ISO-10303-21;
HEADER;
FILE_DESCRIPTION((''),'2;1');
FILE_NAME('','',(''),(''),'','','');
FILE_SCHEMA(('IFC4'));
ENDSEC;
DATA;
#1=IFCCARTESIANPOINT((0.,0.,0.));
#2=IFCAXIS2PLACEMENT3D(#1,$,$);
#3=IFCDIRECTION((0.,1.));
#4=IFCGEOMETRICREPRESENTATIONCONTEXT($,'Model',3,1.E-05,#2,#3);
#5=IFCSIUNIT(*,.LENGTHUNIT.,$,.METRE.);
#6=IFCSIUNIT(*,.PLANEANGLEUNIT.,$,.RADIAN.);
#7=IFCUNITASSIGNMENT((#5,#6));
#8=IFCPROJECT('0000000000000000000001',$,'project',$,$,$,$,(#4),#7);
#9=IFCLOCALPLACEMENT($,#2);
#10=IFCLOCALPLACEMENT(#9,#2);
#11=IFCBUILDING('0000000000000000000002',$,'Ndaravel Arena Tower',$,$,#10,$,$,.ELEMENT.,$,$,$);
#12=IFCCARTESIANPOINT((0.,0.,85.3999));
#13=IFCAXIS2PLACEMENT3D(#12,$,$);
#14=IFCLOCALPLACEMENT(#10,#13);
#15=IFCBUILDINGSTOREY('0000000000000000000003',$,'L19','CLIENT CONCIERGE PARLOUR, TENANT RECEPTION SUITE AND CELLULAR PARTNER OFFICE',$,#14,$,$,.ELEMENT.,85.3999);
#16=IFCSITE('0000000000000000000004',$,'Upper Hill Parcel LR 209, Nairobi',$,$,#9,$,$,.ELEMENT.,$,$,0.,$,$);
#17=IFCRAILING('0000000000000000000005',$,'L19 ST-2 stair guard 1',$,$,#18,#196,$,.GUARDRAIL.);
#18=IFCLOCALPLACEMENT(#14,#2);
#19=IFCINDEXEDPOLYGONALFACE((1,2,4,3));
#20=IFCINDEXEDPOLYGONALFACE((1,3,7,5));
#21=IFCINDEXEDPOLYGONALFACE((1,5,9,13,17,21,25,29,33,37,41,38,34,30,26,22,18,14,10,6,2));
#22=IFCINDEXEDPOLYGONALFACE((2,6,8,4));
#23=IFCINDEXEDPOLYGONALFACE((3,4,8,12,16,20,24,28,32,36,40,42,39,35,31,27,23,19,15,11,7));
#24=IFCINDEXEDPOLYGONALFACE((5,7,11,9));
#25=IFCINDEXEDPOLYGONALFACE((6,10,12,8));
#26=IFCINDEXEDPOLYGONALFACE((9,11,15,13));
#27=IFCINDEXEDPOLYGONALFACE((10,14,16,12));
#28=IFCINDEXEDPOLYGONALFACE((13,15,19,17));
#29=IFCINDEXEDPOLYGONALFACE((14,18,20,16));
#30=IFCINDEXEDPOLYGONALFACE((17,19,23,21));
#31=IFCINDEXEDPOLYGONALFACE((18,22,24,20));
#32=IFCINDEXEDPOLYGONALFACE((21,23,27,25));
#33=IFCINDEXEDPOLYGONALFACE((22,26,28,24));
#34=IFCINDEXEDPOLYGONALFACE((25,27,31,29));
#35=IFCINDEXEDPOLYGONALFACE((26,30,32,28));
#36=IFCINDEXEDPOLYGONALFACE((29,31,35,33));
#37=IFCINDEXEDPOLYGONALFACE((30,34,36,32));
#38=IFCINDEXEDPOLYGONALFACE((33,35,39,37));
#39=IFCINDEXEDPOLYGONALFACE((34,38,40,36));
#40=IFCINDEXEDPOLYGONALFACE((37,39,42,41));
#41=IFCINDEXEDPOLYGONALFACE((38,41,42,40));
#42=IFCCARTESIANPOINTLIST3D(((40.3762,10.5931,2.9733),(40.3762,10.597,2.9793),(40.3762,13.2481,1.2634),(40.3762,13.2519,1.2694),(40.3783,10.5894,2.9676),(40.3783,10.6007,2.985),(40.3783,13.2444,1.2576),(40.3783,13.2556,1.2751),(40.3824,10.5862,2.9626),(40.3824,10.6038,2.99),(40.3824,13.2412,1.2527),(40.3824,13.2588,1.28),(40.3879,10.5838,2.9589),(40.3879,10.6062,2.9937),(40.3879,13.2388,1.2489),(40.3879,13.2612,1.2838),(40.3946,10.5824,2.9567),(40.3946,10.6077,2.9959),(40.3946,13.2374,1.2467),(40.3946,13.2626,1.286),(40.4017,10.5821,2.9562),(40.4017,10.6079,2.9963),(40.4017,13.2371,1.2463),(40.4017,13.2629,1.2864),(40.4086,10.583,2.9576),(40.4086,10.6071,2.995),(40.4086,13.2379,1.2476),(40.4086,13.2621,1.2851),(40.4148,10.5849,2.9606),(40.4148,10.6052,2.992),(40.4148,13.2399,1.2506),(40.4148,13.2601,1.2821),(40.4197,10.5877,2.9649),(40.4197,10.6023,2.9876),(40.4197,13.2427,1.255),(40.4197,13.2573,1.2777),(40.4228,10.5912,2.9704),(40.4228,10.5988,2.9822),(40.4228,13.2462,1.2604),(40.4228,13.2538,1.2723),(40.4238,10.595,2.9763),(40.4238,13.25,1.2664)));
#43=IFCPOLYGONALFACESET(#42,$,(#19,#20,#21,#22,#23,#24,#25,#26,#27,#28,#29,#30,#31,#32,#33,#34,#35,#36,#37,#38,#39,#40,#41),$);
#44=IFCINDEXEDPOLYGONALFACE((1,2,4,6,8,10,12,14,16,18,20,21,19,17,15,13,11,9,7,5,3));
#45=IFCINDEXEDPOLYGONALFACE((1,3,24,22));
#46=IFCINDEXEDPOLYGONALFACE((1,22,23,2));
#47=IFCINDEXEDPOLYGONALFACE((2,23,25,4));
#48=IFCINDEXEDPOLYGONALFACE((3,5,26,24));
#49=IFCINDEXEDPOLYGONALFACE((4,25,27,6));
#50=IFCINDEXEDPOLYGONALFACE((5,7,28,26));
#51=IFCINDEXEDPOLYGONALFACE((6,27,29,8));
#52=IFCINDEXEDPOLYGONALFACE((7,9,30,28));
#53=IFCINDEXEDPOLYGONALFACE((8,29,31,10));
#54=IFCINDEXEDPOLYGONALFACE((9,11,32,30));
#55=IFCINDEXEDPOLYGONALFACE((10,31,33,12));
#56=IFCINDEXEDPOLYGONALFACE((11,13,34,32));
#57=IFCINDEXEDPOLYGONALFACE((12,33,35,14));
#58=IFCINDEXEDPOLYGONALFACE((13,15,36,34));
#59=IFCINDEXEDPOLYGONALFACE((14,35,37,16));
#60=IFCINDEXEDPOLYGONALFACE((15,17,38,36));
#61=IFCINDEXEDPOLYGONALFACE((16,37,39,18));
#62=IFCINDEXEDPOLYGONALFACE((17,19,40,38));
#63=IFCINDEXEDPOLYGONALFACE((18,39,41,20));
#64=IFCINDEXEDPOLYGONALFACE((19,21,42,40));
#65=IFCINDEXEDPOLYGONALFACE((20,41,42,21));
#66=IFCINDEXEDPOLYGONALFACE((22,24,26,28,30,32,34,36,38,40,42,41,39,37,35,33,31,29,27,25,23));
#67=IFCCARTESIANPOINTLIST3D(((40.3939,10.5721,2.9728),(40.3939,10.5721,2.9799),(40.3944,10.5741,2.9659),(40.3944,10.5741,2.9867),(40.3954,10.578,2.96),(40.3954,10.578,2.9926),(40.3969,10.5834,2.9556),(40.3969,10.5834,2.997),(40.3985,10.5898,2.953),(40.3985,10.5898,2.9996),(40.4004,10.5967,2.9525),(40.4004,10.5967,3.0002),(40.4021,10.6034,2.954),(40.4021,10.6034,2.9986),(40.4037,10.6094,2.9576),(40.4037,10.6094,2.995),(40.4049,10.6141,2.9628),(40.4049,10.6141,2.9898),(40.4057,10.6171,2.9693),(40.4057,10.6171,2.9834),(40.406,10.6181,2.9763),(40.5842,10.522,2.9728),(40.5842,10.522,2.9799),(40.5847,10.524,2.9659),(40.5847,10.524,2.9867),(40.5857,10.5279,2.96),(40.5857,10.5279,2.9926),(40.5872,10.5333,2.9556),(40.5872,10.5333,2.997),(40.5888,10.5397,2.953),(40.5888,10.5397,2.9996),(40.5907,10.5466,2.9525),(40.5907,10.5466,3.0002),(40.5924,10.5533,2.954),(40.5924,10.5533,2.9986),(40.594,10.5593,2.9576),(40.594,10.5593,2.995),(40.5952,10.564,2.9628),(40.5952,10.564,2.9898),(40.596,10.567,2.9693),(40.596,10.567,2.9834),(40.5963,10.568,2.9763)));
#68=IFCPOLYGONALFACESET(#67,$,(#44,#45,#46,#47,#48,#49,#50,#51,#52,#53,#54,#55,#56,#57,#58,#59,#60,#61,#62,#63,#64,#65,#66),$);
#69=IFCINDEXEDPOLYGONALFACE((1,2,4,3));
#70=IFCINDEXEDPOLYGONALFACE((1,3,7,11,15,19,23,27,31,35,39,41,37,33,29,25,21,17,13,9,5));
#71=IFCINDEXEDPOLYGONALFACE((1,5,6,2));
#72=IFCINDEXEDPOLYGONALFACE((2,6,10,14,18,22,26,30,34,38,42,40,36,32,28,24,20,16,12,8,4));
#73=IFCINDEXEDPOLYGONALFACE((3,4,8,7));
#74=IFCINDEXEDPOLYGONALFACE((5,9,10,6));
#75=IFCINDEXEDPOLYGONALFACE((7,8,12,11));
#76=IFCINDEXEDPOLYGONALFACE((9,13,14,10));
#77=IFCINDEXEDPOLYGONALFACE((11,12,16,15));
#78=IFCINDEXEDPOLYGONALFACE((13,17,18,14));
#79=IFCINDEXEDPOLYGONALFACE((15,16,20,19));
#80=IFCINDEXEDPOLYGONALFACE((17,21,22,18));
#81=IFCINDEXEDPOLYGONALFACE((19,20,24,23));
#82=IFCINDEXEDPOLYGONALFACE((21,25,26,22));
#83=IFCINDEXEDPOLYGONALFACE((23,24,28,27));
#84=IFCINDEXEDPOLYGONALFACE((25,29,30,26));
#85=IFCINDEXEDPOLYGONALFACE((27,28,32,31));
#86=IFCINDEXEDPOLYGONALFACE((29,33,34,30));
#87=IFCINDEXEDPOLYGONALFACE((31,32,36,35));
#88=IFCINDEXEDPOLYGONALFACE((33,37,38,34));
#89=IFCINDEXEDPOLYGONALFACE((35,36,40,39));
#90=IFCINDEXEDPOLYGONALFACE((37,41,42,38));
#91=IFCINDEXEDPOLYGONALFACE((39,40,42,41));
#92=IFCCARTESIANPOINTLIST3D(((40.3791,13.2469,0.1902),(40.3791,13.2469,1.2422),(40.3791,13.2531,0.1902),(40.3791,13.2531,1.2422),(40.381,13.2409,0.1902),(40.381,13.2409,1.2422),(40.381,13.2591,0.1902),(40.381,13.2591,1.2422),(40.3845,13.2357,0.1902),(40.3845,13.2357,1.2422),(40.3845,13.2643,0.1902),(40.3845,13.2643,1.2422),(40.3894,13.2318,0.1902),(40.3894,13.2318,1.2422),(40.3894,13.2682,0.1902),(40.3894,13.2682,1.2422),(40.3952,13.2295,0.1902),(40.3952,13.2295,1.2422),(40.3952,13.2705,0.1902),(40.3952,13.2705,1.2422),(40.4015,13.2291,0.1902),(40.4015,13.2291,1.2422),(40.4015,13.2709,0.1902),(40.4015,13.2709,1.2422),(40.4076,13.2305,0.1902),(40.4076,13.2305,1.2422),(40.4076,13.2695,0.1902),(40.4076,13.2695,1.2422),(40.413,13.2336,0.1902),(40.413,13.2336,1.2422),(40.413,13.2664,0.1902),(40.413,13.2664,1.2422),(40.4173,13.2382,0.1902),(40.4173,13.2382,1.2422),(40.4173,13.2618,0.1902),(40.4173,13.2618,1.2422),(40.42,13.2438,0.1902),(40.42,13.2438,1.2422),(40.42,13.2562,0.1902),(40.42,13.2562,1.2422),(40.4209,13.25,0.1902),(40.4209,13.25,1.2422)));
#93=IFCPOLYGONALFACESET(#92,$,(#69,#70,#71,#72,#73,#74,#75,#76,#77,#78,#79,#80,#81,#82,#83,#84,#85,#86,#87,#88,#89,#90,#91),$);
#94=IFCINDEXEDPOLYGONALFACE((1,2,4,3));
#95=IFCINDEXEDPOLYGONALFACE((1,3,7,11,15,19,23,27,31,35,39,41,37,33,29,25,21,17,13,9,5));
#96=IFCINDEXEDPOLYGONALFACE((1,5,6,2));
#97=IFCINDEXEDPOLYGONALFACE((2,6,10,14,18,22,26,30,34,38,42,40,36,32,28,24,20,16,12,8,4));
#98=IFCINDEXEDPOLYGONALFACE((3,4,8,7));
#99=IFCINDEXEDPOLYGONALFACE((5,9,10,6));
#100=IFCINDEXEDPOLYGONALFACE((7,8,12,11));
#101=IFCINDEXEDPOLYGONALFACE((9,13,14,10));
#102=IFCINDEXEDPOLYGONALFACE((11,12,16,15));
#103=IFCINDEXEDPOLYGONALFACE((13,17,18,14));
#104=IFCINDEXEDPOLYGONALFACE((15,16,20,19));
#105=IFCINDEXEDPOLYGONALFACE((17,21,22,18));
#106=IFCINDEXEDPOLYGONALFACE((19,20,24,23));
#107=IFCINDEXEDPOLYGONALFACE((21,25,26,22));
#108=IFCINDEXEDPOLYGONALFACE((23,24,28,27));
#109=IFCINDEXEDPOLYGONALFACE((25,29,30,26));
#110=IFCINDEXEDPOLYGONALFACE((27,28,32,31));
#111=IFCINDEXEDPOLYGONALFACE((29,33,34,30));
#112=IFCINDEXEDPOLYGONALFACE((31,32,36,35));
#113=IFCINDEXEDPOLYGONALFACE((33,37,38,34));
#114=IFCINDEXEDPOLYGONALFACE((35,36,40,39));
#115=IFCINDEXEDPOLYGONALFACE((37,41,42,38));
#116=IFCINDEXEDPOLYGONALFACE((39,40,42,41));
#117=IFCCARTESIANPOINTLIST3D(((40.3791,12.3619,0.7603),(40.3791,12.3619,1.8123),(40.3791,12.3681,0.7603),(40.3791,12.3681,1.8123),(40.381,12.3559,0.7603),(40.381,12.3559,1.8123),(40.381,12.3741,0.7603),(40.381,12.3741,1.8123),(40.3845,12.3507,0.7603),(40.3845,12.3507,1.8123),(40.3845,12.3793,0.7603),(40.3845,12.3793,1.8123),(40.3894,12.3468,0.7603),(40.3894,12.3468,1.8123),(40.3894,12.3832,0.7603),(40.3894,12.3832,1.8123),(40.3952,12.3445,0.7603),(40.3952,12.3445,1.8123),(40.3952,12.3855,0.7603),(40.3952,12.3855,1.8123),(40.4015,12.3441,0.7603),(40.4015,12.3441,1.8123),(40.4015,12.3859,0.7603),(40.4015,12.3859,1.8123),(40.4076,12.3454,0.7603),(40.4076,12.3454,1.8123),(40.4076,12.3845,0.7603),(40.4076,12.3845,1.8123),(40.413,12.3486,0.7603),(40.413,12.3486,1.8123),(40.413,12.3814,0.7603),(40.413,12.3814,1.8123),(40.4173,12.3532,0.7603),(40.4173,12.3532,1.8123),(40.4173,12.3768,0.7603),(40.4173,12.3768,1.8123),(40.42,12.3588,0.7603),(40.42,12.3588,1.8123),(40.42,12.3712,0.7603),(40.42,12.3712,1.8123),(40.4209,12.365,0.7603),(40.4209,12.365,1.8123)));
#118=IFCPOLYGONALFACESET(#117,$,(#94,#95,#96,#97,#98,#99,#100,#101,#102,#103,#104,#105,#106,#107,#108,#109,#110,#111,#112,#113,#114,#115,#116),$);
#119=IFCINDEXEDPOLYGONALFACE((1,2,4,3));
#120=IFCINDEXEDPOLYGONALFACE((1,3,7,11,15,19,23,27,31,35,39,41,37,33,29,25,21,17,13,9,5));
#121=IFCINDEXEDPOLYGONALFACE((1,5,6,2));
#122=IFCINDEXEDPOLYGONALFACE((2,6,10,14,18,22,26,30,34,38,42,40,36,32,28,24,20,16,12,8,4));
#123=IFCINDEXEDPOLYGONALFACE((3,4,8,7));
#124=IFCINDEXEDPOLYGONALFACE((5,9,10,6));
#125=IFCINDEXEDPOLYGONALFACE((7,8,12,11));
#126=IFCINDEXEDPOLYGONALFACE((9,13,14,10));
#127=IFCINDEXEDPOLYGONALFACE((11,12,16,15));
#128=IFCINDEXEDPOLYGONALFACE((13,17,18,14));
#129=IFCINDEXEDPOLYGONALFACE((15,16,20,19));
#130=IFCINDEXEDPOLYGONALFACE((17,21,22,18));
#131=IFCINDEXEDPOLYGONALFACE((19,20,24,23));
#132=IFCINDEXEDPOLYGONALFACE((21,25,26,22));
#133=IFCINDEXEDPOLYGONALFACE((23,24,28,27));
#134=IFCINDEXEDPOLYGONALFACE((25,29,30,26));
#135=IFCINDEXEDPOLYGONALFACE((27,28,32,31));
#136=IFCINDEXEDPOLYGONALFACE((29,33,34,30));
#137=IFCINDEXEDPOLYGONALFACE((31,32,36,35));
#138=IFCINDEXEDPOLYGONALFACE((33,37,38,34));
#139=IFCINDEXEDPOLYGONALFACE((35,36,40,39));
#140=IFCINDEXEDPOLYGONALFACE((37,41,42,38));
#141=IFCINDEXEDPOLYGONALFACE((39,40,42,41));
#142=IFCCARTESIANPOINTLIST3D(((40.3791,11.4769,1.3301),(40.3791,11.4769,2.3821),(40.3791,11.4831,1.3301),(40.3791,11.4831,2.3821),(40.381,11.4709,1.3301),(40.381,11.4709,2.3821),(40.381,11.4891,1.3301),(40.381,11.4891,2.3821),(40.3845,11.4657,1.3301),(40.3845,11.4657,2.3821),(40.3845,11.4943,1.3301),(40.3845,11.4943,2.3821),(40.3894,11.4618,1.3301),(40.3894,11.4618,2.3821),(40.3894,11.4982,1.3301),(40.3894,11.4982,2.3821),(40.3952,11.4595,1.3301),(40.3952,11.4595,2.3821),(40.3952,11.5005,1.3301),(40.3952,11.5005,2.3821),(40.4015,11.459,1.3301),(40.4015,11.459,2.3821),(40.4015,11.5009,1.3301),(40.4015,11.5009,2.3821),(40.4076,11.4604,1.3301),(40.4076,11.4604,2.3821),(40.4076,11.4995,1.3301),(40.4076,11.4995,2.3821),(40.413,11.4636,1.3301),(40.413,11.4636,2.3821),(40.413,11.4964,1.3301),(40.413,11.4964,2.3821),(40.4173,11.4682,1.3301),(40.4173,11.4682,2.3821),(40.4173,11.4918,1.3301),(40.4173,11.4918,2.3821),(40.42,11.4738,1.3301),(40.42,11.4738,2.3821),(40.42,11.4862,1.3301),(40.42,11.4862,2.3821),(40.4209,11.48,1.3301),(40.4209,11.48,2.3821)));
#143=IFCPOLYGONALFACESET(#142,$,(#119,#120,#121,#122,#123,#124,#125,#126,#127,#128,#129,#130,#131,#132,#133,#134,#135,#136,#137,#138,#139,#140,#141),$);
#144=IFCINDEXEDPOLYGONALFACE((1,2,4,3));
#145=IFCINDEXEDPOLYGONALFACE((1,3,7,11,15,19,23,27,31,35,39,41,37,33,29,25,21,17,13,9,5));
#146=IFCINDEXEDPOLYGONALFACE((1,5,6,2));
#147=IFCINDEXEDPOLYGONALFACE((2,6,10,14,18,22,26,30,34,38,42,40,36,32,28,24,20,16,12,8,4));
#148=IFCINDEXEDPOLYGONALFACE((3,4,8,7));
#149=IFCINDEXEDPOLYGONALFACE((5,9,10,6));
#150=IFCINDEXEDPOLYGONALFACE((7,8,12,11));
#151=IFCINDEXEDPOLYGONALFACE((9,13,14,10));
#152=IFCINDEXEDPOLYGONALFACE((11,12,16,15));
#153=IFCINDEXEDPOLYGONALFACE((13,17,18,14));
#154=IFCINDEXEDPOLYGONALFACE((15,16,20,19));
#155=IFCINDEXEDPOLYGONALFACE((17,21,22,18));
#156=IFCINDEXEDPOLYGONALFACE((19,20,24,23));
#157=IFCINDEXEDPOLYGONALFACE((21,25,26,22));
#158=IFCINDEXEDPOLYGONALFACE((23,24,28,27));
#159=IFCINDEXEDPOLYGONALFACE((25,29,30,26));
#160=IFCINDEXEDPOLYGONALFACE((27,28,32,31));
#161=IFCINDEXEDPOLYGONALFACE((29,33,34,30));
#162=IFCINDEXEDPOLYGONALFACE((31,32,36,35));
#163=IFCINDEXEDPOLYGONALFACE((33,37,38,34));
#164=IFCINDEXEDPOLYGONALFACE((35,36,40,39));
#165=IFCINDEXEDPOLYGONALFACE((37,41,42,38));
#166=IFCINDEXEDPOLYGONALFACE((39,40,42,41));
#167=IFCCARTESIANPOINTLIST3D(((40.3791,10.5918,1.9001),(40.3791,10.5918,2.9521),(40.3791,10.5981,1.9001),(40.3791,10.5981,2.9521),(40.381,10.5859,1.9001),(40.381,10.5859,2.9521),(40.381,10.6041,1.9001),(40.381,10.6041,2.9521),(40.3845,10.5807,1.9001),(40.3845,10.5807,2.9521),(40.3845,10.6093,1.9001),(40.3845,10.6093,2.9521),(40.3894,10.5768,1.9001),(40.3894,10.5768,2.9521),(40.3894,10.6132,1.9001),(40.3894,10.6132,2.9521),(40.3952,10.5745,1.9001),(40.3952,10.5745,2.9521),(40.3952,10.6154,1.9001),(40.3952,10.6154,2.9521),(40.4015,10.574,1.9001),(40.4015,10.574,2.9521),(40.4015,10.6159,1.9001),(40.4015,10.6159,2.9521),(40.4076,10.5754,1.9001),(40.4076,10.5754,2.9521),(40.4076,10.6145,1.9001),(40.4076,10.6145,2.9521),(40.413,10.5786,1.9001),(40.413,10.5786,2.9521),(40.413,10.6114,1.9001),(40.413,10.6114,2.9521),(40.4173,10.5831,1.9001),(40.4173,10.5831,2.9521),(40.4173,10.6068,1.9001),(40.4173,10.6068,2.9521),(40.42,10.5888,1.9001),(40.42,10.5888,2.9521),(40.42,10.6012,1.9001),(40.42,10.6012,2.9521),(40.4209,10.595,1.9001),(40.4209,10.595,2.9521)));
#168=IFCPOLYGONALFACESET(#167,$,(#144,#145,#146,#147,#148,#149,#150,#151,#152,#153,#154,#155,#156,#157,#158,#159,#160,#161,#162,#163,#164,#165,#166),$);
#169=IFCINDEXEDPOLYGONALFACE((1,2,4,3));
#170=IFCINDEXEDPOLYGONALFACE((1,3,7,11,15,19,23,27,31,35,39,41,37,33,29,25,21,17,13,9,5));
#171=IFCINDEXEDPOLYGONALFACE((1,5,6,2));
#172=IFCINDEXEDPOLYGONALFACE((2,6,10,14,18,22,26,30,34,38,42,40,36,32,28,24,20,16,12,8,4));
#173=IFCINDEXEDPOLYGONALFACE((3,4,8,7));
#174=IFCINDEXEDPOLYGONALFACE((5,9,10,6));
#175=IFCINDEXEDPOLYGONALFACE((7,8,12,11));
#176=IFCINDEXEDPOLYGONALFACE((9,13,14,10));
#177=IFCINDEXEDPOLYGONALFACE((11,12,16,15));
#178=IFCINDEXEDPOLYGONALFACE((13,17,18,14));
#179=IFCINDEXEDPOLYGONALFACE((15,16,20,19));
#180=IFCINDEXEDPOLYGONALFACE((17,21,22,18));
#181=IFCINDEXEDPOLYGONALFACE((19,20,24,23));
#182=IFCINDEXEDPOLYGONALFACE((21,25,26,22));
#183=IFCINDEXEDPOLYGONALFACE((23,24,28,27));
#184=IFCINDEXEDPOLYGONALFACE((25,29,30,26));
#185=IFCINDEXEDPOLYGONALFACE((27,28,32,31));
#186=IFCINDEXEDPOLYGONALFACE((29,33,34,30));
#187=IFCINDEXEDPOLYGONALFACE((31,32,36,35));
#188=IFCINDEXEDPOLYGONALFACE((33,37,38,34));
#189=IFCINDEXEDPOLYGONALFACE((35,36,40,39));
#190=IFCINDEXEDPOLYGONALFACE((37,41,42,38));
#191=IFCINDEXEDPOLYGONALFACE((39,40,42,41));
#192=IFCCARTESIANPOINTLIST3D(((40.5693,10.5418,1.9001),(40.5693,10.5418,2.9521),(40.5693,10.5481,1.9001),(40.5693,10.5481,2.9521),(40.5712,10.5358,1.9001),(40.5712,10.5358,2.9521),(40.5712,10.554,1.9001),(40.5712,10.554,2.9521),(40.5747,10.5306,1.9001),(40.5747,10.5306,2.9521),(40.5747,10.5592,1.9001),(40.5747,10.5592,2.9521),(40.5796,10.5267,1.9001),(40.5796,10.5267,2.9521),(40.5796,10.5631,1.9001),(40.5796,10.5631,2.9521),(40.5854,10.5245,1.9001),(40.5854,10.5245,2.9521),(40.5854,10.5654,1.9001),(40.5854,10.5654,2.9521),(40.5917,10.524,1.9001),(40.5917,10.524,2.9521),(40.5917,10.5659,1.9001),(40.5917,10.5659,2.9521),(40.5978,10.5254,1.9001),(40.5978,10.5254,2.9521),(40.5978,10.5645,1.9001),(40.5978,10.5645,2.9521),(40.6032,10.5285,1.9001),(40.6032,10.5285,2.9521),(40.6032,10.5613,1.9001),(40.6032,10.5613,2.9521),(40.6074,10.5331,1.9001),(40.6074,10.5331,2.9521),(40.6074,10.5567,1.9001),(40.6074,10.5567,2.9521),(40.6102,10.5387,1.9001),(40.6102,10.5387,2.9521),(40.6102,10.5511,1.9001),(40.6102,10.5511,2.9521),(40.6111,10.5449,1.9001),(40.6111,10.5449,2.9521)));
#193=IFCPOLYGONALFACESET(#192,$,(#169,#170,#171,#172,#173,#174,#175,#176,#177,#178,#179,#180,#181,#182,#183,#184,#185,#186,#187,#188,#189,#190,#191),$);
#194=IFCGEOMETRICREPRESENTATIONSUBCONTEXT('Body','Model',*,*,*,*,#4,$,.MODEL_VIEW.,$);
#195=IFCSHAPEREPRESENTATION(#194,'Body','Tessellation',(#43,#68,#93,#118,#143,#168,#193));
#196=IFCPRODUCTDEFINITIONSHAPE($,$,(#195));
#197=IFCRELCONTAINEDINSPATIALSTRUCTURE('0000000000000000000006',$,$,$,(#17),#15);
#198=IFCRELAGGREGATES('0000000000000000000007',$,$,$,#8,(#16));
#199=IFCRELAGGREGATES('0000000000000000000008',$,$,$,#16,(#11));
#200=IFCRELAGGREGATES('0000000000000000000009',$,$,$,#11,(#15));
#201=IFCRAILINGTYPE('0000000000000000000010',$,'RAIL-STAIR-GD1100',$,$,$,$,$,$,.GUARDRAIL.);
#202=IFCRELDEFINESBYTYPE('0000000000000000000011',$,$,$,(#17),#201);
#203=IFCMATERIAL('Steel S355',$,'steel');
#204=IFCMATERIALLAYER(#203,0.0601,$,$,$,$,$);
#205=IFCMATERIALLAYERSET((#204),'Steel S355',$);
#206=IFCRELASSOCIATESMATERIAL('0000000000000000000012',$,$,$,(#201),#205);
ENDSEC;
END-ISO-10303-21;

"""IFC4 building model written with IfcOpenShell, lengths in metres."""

from ifc_helpers import new_model, si_unit, direction, frame, origin, origin_2d, place, context, subcontext, project, spatial, circle, extrude, material, layer, layer_set, type_object, element, save


model = new_model("IFC4")

# Units and contexts
model_context = context("Model", 3, precision=1e-05, world=origin(), true_north=direction((0.0, 1.0)))
body_context = subcontext(model_context, "Body", "Model", "MODEL_VIEW")
ifc_project = project(units=[si_unit("LENGTHUNIT", "METRE"), si_unit("PLANEANGLEUNIT", "RADIAN")], contexts=[model_context])

# Site, building, storey
site_placement = place(None, origin())
site = spatial("IfcSite", under=ifc_project, at=site_placement, Name="Upper Hill Parcel LR 209, Nairobi", CompositionType="ELEMENT", RefElevation=0.0)
building_placement = place(site_placement, origin())
building = spatial("IfcBuilding", under=site, at=building_placement, Name="Ndaravel Arena Tower", CompositionType="ELEMENT")
storey_placement = place(building_placement, frame((0.0, 0.0, 85.3999)))
storey = spatial("IfcBuildingStorey", under=building, at=storey_placement, Name="L19", Description="CLIENT CONCIERGE PARLOUR, TENANT RECEPTION SUITE AND CELLULAR PARTNER OFFICE", CompositionType="ELEMENT", Elevation=85.3999)

# Railing
ifc_material_1 = material(Name="Steel S355", Category="steel")
ifc_layer_1 = layer(ifc_material_1, 0.0601)
ifc_layer_set_1 = layer_set([ifc_layer_1], Name="Steel S355")
railing_type_1 = type_object("IfcRailingType", Name="RAIL-STAIR-GD1100", PredefinedType="GUARDRAIL", material=ifc_layer_set_1)
railing_1_placement = place(storey_placement, frame((40.3999, 13.25, 0.1902)))
element("IfcRailing", 1, at=railing_1_placement, inside=storey, type_object=railing_type_1, Name="L19 ST-2 stair guard 1", PredefinedType="GUARDRAIL", context=body_context, shape_type="SweptSolid", body=[
    extrude(circle(Radius=0.0239, at=origin_2d()), frame((0.0, 0.0, 1.0762), z_axis=(0.0, -0.840724, 0.541465), x_axis=(1.0, 0.0, 0.0)), (0.0, 0.0, 1.0), 3.158),
    extrude(circle(Radius=0.0239, at=origin_2d()), frame((0.0, -2.655, 2.7861), z_axis=(0.967075, -0.254493, 0.0), x_axis=(0.254493, 0.967075, 0.0)), (0.0, 0.0, 1.0), 0.1968),
    extrude(circle(Radius=0.021, at=origin_2d()), origin(), (0.0, 0.0, 1.0), 1.052),
    extrude(circle(Radius=0.021, at=origin_2d()), frame((0.0, -0.885, 0.5701)), (0.0, 0.0, 1.0), 1.052),
    extrude(circle(Radius=0.021, at=origin_2d()), frame((0.0, -1.77, 1.1399)), (0.0, 0.0, 1.0), 1.052),
    extrude(circle(Radius=0.021, at=origin_2d()), frame((0.0, -2.655, 1.71)), (0.0, 0.0, 1.0), 1.052),
    extrude(circle(Radius=0.021, at=origin_2d()), frame((0.1902, -2.7051, 1.71)), (0.0, 0.0, 1.0), 1.052),
])

save(model, "model.ifc")
